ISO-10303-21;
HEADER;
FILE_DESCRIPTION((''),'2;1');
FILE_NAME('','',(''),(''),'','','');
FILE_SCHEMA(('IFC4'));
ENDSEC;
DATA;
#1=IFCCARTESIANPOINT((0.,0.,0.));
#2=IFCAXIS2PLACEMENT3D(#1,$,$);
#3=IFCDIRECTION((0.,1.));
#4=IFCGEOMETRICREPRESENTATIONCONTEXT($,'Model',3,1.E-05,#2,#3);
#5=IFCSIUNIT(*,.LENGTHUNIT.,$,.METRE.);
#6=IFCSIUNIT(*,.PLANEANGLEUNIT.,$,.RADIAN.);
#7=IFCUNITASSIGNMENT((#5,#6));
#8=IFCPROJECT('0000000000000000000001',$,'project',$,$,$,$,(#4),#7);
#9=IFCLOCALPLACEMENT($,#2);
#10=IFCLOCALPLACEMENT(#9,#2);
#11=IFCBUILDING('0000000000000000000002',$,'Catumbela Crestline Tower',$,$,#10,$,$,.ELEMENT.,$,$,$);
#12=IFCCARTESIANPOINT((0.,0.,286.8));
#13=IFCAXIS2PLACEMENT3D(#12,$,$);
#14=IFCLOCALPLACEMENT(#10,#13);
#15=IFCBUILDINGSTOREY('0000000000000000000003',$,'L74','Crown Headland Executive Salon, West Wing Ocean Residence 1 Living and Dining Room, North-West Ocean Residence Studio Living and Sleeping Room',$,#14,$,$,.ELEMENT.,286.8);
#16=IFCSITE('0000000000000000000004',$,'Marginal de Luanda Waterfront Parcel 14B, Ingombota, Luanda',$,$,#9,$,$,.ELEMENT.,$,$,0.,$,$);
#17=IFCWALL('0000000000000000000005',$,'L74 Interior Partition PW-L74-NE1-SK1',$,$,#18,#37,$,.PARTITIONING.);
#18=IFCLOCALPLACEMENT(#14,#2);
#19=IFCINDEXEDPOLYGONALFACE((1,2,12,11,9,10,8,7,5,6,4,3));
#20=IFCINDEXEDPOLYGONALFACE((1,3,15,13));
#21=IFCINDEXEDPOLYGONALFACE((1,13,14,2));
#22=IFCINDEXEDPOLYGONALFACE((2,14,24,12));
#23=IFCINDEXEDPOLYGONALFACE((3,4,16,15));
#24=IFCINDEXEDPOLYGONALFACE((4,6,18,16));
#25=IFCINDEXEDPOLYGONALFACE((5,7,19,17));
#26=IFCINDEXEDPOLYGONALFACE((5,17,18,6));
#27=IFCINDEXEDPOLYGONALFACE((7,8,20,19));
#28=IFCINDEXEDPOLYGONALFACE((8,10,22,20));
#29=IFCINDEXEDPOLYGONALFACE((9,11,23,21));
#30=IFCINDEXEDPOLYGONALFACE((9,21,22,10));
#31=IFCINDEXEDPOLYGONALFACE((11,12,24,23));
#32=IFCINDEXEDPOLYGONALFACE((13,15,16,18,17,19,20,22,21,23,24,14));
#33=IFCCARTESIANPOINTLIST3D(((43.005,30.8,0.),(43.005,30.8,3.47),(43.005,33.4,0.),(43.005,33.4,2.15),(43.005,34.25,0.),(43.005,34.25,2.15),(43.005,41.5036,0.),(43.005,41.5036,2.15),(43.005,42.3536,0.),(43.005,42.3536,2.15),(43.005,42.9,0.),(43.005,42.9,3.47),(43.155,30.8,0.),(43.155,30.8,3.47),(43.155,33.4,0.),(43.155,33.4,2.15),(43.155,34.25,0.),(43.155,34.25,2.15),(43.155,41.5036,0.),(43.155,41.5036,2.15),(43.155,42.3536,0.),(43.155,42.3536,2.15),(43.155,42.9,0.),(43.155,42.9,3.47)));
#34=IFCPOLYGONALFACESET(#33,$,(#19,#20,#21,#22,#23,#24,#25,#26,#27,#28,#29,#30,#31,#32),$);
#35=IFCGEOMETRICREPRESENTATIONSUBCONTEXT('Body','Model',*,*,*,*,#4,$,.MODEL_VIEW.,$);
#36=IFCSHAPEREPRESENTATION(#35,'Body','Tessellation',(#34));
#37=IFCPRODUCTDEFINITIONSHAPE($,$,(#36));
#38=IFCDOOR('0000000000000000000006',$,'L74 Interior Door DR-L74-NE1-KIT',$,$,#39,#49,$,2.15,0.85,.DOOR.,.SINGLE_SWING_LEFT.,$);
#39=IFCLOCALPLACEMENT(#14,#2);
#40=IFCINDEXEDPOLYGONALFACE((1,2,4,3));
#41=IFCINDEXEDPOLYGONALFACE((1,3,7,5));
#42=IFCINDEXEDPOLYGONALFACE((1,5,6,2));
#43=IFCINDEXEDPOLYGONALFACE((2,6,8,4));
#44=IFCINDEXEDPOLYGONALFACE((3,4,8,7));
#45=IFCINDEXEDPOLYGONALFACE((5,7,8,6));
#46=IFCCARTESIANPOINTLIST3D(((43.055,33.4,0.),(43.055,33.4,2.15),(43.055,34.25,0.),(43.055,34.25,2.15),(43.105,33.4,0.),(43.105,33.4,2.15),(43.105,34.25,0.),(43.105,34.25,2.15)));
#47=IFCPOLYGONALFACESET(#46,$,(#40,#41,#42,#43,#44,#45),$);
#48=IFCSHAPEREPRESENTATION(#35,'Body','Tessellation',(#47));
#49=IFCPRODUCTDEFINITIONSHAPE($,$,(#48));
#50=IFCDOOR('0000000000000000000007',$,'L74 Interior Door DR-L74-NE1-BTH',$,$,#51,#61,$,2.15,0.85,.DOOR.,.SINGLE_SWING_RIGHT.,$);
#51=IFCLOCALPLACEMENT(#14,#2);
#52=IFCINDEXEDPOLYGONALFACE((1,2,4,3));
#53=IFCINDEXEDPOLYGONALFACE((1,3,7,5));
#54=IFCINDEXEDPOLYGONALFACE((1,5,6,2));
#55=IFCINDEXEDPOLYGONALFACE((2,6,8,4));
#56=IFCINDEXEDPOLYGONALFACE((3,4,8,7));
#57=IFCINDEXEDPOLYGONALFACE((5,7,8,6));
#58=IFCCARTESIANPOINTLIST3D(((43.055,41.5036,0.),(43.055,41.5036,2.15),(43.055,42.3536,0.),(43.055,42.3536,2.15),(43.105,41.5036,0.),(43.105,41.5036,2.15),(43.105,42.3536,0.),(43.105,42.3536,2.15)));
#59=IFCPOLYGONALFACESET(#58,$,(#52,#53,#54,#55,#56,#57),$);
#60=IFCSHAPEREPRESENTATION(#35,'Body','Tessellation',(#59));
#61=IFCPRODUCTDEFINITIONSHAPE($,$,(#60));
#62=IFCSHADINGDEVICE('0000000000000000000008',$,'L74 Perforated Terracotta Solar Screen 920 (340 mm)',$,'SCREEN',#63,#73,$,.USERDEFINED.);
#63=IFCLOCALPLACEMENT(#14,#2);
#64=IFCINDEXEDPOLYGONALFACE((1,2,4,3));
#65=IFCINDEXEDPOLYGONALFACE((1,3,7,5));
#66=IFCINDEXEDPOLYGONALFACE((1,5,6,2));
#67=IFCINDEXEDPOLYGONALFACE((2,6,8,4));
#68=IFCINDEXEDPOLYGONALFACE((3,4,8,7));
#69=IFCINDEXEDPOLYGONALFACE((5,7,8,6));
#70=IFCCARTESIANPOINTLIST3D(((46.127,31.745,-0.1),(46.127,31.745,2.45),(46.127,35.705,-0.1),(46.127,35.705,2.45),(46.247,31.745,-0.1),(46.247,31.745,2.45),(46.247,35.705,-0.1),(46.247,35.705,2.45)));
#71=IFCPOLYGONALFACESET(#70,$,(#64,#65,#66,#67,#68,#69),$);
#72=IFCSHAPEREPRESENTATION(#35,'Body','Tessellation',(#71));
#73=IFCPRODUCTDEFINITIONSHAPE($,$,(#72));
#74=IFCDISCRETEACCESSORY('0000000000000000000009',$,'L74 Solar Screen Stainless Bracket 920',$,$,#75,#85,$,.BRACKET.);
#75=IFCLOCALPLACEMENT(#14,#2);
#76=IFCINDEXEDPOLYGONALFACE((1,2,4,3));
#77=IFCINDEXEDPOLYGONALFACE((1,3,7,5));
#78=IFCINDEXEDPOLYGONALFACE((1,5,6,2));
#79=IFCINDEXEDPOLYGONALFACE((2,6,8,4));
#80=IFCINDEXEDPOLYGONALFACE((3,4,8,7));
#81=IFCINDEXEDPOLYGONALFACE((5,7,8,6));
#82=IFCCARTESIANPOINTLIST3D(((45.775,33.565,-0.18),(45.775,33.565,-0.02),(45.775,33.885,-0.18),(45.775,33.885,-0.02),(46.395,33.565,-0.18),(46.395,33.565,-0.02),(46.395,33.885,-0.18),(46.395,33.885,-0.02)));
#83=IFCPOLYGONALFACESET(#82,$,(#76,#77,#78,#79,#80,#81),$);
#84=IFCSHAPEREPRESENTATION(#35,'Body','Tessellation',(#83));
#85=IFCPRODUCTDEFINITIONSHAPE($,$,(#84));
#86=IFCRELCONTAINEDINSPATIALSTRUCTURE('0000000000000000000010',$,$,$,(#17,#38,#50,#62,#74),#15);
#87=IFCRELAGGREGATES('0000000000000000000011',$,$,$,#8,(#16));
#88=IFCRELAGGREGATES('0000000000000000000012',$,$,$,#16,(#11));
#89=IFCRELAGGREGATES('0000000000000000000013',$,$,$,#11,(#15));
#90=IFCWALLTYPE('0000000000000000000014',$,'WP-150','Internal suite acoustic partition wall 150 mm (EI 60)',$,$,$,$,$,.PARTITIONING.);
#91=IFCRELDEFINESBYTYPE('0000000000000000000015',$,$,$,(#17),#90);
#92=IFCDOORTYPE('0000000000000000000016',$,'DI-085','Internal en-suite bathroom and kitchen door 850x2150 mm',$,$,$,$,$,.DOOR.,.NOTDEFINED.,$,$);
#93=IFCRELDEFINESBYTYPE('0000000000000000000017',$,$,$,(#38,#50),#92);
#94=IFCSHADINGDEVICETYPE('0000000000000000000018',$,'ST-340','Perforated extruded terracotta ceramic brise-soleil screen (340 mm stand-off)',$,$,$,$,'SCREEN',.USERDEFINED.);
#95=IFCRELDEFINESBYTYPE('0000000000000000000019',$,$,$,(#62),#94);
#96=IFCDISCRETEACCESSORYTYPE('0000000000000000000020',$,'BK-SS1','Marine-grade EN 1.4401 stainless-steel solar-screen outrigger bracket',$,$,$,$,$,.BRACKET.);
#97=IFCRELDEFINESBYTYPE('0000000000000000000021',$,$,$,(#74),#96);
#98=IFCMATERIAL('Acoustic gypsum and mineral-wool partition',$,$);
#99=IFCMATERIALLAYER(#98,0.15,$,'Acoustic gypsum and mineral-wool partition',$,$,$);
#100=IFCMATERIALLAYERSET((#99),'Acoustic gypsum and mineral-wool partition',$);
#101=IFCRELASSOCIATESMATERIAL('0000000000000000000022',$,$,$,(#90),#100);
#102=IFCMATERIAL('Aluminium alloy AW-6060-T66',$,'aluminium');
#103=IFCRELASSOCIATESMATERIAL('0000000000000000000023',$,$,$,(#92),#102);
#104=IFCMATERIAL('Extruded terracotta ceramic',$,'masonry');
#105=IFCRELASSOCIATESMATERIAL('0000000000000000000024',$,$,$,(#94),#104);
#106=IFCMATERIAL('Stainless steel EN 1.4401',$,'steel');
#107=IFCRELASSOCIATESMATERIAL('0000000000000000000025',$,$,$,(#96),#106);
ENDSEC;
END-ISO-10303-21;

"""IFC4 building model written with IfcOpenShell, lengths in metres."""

from ifc_helpers import new_model, si_unit, direction, frame, frame_2d, origin, origin_2d, place, context, subcontext, project, spatial, rectangle, extrude, material, layer, layer_set, type_object, element, fill, save


model = new_model("IFC4")

# Units and contexts
model_context = context("Model", 3, precision=1e-05, world=origin(), true_north=direction((0.0, 1.0)))
body_context = subcontext(model_context, "Body", "Model", "MODEL_VIEW")
ifc_project = project(units=[si_unit("LENGTHUNIT", "METRE"), si_unit("PLANEANGLEUNIT", "RADIAN")], contexts=[model_context])

# Site, building, storey
site_placement = place(None, origin())
site = spatial("IfcSite", under=ifc_project, at=site_placement, Name="Marginal de Luanda Waterfront Parcel 14B, Ingombota, Luanda", CompositionType="ELEMENT", RefElevation=0.0)
building_placement = place(site_placement, origin())
building = spatial("IfcBuilding", under=site, at=building_placement, Name="Catumbela Crestline Tower", CompositionType="ELEMENT")
storey_placement = place(building_placement, frame((0.0, 0.0, 286.8)))
storey = spatial("IfcBuildingStorey", under=building, at=storey_placement, Name="L74", Description="Crown Headland Executive Salon, West Wing Ocean Residence 1 Living and Dining Room, North-West Ocean Residence Studio Living and Sleeping Room", CompositionType="ELEMENT", Elevation=286.8)

# Shared definitions
ifc_material_1 = material(Name="Aluminium alloy AW-6060-T66", Category="aluminium")

# Shared definitions
ifc_material_2 = material(Name="Acoustic gypsum and mineral-wool partition")

# Shared definitions
ifc_layer_1 = layer(ifc_material_2, 0.15, Name="Acoustic gypsum and mineral-wool partition")
ifc_layer_set_1 = layer_set([ifc_layer_1], Name="Acoustic gypsum and mineral-wool partition")
wall_type_1 = type_object("IfcWallType", Name="WP-150", Description="Internal suite acoustic partition wall 150 mm (EI 60)", PredefinedType="PARTITIONING", material=ifc_layer_set_1)

# Wall, openings, doors
wall_1_placement = place(storey_placement, frame((43.08, 30.8, 0.0), z_axis=(0.0, 0.0, 1.0), x_axis=(0.0, 1.0, 0.0)))
wall_1 = element("IfcWall", 1, at=wall_1_placement, inside=storey, type_object=wall_type_1, Name="L74 Interior Partition PW-L74-NE1-SK1", PredefinedType="PARTITIONING", context=body_context, shape_type="SweptSolid", body=[
    extrude(rectangle(XDim=12.1, YDim=0.15, at=frame_2d((6.05, 0.0))), origin(), (0.0, 0.0, 1.0), 3.47),
])
opening_1_placement = place(wall_1_placement, frame((2.6, 0.0, 0.0)))
opening_1 = element("IfcOpeningElement", 2, at=opening_1_placement, cuts=wall_1, PredefinedType="OPENING", context=body_context, shape_type="SweptSolid", body=[
    extrude(rectangle(XDim=0.85, YDim=2.15, at=frame_2d((0.425, 1.075))), frame((0.0, 0.085, 0.0), z_axis=(0.0, -1.0, 0.0), x_axis=(1.0, 0.0, 0.0)), (0.0, 0.0, 1.0), 0.17),
])
opening_2_placement = place(wall_1_placement, frame((10.7036, 0.0, 0.0)))
opening_2 = element("IfcOpeningElement", 3, at=opening_2_placement, cuts=wall_1, PredefinedType="OPENING", context=body_context, shape_type="SweptSolid", body=[
    extrude(rectangle(XDim=0.85, YDim=2.15, at=frame_2d((0.425, 1.075))), frame((0.0, 0.085, 0.0), z_axis=(0.0, -1.0, 0.0), x_axis=(1.0, 0.0, 0.0)), (0.0, 0.0, 1.0), 0.17),
])
door_type_1 = type_object("IfcDoorType", Name="DI-085", Description="Internal en-suite bathroom and kitchen door 850x2150 mm", OperationType="NOTDEFINED", PredefinedType="DOOR", material=ifc_material_1)
door_1_placement = place(opening_1_placement, origin())
door_1 = element("IfcDoor", 4, at=door_1_placement, inside=storey, type_object=door_type_1, Name="L74 Interior Door DR-L74-NE1-KIT", OperationType="SINGLE_SWING_LEFT", OverallHeight=2.15, OverallWidth=0.85, PredefinedType="DOOR", context=body_context, shape_type="SweptSolid", body=[
    extrude(rectangle(XDim=0.85, YDim=2.15, at=frame_2d((0.425, 1.075))), frame((0.0, 0.025, 0.0), z_axis=(0.0, -1.0, 0.0), x_axis=(1.0, 0.0, 0.0)), (0.0, 0.0, 1.0), 0.05),
])
fill(opening_1, door_1)
door_2_placement = place(opening_2_placement, origin())
door_2 = element("IfcDoor", 5, at=door_2_placement, inside=storey, type_object=door_type_1, Name="L74 Interior Door DR-L74-NE1-BTH", OperationType="SINGLE_SWING_RIGHT", OverallHeight=2.15, OverallWidth=0.85, PredefinedType="DOOR", context=body_context, shape_type="SweptSolid", body=[
    extrude(rectangle(XDim=0.85, YDim=2.15, at=frame_2d((0.425, 1.075))), frame((0.0, 0.025, 0.0), z_axis=(0.0, -1.0, 0.0), x_axis=(1.0, 0.0, 0.0)), (0.0, 0.0, 1.0), 0.05),
])
fill(opening_2, door_2)

# Shading device
ifc_material_3 = material(Name="Extruded terracotta ceramic", Category="masonry")
shading_device_type = type_object("IfcShadingDeviceType", Name="ST-340", Description="Perforated extruded terracotta ceramic brise-soleil screen (340 mm stand-off)", ElementType="SCREEN", PredefinedType="USERDEFINED", material=ifc_material_3)
shading_device_placement = place(storey_placement, frame((46.187, 33.725, -0.1), z_axis=(0.0, 0.0, 1.0), x_axis=(0.0, 1.0, 0.0)))
element("IfcShadingDevice", 6, at=shading_device_placement, inside=storey, type_object=shading_device_type, Name="L74 Perforated Terracotta Solar Screen 920 (340 mm)", ObjectType="SCREEN", PredefinedType="USERDEFINED", context=body_context, shape_type="SweptSolid", body=[
    extrude(rectangle(XDim=3.96, YDim=0.12, at=origin_2d()), origin(), (0.0, 0.0, 1.0), 2.55),
])

# Discrete accessory
ifc_material_4 = material(Name="Stainless steel EN 1.4401", Category="steel")
discrete_accessory_type = type_object("IfcDiscreteAccessoryType", Name="BK-SS1", Description="Marine-grade EN 1.4401 stainless-steel solar-screen outrigger bracket", PredefinedType="BRACKET", material=ifc_material_4)
discrete_accessory_placement = place(storey_placement, frame((46.085, 33.725, -0.18), z_axis=(0.0, 0.0, 1.0), x_axis=(0.0, 1.0, 0.0)))
element("IfcDiscreteAccessory", 7, at=discrete_accessory_placement, inside=storey, type_object=discrete_accessory_type, Name="L74 Solar Screen Stainless Bracket 920", PredefinedType="BRACKET", context=body_context, shape_type="SweptSolid", body=[
    extrude(rectangle(XDim=0.32, YDim=0.62, at=origin_2d()), origin(), (0.0, 0.0, 1.0), 0.16),
])

save(model, "model.ifc")
